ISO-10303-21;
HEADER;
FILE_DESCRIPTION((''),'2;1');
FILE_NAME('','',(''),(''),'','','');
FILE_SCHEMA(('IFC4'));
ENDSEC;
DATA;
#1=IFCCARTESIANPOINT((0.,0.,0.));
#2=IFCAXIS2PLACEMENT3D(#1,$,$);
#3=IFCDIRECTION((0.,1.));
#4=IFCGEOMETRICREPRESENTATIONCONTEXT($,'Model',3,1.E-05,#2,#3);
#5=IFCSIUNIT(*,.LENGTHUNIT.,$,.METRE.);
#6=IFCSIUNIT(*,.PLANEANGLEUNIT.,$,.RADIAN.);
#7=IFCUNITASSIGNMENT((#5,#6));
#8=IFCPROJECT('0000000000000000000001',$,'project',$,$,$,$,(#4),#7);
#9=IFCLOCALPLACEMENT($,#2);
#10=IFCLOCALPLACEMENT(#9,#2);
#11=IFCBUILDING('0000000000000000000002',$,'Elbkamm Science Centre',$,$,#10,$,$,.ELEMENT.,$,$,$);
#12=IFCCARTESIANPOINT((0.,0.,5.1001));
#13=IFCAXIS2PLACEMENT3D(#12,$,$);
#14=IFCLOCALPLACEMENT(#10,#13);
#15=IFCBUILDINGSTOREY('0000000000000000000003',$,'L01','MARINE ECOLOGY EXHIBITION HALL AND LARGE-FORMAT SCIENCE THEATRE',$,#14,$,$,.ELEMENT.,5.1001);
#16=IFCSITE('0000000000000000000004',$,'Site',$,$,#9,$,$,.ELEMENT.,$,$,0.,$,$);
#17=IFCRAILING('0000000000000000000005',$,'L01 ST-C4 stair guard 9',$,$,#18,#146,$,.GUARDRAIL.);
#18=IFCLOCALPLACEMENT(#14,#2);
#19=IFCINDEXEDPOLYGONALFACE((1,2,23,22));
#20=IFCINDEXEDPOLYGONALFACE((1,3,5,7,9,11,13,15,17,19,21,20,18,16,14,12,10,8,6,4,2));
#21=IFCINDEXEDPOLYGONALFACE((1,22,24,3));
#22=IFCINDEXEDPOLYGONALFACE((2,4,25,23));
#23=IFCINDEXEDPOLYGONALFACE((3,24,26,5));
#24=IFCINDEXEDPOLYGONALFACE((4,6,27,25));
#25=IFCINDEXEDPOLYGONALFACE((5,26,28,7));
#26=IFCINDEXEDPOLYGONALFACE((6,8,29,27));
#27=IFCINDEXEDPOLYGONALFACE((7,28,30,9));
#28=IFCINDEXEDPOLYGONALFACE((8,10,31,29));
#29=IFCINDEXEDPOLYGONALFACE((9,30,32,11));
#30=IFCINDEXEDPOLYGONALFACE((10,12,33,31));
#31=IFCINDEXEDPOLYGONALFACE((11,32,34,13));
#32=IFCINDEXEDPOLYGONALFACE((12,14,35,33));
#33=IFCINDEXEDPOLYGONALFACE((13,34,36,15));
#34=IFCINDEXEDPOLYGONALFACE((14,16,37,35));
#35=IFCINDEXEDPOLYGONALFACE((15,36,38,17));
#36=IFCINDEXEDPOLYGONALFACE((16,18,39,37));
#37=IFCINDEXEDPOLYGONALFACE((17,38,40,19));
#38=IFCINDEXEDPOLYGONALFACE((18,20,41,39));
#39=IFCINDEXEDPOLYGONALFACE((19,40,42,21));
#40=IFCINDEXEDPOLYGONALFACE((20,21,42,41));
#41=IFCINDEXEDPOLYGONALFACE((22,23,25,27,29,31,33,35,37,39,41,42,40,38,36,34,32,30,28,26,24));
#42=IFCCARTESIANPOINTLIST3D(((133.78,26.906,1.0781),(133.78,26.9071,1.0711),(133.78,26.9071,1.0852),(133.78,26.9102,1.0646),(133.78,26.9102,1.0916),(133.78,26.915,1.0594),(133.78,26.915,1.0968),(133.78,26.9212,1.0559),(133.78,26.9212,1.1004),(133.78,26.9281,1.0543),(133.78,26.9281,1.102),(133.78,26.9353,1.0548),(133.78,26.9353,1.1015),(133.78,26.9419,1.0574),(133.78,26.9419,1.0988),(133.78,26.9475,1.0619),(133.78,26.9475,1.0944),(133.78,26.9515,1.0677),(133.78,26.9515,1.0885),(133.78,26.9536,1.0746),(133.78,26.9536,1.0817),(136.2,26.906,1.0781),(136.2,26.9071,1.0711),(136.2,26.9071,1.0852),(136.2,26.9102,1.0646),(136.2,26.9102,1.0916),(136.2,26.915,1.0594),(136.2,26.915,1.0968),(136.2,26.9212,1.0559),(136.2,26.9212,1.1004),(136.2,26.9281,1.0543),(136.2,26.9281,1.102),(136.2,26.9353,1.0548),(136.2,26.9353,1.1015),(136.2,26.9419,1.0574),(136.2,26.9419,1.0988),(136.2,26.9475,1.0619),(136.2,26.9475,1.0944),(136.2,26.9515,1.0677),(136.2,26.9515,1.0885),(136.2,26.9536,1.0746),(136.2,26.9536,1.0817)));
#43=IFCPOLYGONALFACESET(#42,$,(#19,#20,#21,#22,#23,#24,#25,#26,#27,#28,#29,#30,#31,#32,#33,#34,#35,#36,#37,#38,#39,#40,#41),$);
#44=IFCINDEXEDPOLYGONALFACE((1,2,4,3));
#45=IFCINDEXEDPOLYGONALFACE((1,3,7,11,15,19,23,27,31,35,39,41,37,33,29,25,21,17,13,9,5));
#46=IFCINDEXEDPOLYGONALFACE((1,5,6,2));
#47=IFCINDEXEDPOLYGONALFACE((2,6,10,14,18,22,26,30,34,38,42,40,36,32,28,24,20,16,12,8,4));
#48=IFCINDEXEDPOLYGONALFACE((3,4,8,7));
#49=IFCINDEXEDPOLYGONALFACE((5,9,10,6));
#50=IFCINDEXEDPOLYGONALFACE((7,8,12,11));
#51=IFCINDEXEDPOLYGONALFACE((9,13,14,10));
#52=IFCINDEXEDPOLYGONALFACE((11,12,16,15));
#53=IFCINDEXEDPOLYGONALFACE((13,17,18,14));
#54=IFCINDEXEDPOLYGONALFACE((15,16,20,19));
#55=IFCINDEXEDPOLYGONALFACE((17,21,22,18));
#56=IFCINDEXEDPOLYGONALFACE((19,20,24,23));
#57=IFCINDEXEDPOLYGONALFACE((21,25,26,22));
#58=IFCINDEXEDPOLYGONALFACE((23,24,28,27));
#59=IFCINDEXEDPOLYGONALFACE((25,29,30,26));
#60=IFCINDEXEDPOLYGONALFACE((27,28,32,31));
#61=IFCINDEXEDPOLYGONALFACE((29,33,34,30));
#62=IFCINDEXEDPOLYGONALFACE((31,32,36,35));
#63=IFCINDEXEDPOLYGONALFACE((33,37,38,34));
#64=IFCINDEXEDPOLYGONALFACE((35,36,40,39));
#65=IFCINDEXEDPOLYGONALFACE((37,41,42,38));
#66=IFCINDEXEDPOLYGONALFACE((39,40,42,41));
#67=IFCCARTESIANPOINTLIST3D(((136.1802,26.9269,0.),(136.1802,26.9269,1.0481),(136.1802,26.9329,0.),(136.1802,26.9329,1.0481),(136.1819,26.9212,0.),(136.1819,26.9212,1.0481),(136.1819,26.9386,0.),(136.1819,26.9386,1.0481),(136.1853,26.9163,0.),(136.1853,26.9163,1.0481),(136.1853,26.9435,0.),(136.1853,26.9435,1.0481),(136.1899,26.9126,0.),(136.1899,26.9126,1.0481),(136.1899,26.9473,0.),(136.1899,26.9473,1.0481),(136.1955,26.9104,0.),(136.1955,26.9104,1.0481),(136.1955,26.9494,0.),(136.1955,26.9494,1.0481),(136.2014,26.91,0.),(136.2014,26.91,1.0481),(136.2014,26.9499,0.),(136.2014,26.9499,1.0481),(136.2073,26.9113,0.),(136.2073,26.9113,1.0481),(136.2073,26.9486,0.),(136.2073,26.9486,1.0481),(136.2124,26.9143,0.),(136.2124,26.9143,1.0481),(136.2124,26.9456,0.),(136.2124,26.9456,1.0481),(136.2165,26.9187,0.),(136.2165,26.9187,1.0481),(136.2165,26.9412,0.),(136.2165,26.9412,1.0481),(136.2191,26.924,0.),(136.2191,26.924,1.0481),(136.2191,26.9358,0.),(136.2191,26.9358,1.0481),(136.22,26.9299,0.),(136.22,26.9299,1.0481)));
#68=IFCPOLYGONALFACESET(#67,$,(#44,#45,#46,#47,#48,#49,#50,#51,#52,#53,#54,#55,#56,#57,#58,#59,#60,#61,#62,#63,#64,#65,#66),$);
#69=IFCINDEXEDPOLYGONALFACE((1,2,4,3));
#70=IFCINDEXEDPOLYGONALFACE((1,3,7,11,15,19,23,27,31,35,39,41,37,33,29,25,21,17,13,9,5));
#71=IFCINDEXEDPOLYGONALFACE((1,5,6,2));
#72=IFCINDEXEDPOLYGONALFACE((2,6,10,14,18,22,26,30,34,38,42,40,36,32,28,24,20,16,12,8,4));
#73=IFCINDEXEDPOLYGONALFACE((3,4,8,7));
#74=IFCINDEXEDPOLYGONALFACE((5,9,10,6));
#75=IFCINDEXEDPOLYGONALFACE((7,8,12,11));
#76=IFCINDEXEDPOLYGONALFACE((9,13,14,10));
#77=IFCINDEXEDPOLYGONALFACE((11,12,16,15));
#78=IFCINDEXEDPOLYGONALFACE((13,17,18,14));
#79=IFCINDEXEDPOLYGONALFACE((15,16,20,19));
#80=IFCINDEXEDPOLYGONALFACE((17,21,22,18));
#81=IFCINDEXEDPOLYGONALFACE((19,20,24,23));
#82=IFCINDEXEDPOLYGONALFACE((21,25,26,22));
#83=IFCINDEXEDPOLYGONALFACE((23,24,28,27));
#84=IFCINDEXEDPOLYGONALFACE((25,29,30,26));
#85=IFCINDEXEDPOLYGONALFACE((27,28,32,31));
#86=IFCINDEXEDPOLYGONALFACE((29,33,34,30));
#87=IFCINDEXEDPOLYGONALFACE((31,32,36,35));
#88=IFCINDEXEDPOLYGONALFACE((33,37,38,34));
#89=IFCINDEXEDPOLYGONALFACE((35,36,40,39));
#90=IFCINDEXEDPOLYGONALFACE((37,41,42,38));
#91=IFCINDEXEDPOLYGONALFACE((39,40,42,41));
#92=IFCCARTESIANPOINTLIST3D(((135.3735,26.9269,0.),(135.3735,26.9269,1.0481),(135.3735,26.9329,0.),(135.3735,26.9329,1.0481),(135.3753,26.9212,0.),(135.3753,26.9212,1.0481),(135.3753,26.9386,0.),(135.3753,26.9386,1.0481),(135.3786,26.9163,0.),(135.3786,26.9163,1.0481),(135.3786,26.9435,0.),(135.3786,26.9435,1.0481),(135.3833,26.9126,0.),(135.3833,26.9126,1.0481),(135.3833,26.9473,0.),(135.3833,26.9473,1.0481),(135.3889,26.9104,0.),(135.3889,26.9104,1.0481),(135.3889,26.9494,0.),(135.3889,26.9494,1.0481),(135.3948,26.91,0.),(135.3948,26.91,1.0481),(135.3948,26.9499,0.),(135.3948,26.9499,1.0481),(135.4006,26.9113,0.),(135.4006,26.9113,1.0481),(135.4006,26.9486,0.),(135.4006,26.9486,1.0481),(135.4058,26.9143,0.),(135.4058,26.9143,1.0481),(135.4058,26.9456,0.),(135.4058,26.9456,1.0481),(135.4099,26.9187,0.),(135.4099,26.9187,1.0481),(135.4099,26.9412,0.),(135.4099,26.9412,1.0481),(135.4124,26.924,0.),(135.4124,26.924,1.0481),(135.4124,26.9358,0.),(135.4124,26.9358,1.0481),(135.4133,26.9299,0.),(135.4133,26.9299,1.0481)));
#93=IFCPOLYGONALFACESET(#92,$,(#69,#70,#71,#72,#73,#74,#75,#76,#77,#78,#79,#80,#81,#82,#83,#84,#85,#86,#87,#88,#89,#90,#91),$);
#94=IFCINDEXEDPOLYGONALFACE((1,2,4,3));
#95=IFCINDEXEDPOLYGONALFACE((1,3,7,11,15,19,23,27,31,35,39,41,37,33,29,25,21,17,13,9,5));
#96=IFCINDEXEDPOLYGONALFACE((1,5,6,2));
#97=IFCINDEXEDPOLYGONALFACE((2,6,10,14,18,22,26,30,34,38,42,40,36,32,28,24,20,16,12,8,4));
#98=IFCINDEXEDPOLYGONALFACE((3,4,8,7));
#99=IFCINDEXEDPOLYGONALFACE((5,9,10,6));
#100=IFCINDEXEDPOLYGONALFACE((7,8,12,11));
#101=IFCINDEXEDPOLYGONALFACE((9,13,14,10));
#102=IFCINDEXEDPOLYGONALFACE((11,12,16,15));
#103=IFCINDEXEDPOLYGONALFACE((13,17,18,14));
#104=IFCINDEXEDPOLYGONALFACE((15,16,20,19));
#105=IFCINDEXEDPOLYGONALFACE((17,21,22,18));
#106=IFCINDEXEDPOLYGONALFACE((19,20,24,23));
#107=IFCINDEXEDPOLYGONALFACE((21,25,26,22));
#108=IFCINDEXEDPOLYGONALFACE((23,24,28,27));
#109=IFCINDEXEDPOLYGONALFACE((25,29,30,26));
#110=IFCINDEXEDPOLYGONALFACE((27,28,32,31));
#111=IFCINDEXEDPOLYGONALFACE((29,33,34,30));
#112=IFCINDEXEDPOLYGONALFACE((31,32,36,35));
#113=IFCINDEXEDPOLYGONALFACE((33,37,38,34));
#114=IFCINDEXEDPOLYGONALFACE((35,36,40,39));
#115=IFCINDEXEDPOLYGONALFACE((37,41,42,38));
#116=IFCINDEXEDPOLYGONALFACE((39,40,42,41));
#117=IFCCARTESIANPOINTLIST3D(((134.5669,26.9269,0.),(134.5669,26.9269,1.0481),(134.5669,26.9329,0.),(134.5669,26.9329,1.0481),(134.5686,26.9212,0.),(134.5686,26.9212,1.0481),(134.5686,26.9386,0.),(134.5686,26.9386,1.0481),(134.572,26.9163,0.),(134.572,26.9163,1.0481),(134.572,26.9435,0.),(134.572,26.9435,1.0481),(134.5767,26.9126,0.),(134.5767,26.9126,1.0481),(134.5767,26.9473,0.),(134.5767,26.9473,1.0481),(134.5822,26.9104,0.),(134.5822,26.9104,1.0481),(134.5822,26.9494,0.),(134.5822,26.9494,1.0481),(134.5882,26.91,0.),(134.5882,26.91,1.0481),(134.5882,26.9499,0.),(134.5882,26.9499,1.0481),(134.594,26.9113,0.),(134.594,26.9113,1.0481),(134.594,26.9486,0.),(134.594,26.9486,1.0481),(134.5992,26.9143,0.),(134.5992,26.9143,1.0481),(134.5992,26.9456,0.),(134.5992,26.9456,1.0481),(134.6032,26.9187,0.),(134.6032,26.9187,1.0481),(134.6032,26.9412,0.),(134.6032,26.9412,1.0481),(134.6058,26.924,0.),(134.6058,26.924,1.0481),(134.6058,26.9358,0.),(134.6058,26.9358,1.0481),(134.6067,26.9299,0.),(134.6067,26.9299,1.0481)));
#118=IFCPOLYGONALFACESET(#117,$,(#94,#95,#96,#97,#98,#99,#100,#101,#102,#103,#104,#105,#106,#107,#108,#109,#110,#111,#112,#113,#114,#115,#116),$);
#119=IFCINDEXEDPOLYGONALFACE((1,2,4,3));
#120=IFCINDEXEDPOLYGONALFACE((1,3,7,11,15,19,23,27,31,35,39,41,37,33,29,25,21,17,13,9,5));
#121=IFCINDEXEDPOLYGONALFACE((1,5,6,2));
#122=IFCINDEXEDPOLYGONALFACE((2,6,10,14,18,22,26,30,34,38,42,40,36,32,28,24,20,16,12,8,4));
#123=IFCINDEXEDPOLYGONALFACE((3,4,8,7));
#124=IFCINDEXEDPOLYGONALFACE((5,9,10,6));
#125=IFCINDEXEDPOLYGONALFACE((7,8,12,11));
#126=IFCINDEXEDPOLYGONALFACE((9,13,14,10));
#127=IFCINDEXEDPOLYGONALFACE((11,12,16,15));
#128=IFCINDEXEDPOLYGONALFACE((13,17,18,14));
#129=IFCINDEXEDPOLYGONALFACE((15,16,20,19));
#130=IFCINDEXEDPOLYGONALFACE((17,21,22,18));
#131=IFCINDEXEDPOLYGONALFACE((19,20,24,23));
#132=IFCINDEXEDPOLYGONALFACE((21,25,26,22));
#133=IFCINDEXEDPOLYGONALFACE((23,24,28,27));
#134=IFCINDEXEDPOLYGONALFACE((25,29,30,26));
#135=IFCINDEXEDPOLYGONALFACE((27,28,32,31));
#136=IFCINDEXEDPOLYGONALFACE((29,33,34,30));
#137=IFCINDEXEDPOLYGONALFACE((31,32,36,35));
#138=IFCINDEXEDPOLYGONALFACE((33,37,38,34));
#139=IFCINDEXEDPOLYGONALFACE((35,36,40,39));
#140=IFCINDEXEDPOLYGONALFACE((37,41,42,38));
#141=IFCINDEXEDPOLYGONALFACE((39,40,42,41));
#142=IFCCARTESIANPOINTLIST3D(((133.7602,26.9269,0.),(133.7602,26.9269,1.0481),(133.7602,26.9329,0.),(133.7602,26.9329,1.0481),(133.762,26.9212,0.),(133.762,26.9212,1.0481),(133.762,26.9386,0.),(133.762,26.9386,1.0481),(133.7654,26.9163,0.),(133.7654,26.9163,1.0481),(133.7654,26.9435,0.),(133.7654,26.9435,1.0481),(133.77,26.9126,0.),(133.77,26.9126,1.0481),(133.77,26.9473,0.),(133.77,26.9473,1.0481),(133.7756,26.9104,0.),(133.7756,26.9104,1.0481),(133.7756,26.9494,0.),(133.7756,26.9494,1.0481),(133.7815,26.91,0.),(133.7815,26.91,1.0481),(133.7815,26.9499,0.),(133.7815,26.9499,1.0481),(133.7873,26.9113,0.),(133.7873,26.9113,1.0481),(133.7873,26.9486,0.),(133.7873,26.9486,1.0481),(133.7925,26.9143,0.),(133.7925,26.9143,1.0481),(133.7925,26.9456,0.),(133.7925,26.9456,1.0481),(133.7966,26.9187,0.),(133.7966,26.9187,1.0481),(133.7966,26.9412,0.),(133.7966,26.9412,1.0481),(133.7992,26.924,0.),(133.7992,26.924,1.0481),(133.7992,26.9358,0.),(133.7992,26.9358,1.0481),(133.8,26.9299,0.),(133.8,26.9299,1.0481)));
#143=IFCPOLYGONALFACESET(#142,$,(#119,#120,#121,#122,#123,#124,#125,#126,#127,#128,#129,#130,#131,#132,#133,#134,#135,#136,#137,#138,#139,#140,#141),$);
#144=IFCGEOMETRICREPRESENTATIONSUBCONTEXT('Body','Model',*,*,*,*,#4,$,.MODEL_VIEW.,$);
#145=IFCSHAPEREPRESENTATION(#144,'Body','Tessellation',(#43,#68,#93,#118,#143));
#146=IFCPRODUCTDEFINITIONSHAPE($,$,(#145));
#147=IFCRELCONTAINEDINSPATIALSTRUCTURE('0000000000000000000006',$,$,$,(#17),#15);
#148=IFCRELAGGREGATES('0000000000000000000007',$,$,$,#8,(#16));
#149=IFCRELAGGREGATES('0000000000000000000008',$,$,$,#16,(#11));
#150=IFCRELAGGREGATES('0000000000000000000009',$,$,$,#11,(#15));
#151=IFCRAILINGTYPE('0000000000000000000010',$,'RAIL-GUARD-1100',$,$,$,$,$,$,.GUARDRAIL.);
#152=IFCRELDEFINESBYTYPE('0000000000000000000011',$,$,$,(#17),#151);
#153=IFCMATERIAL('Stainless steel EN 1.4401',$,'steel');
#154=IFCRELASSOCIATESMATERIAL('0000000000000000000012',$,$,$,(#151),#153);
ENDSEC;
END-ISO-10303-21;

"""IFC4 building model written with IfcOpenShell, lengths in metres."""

from ifc_helpers import new_model, si_unit, direction, frame, origin, origin_2d, place, context, subcontext, project, spatial, circle, extrude, material, type_object, element, save


model = new_model("IFC4")

# Units and contexts
model_context = context("Model", 3, precision=1e-05, world=origin(), true_north=direction((0.0, 1.0)))
body_context = subcontext(model_context, "Body", "Model", "MODEL_VIEW")
ifc_project = project(units=[si_unit("LENGTHUNIT", "METRE"), si_unit("PLANEANGLEUNIT", "RADIAN")], contexts=[model_context])

# Site, building, storey
site_placement = place(None, origin())
site = spatial("IfcSite", under=ifc_project, at=site_placement, Name="Site", CompositionType="ELEMENT", RefElevation=0.0)
building_placement = place(site_placement, origin())
building = spatial("IfcBuilding", under=site, at=building_placement, Name="Elbkamm Science Centre", CompositionType="ELEMENT")
storey_placement = place(building_placement, frame((0.0, 0.0, 5.1001)))
storey = spatial("IfcBuildingStorey", under=building, at=storey_placement, Name="L01", Description="MARINE ECOLOGY EXHIBITION HALL AND LARGE-FORMAT SCIENCE THEATRE", CompositionType="ELEMENT", Elevation=5.1001)

# Railing
ifc_material_1 = material(Name="Stainless steel EN 1.4401", Category="steel")
railing_type_1 = type_object("IfcRailingType", Name="RAIL-GUARD-1100", PredefinedType="GUARDRAIL", material=ifc_material_1)
for number, where, name in (
    (1, (136.2, 26.9299, 0.0), "L01 ST-C4 stair guard 9"),
):
    element("IfcRailing", number, at=place(storey_placement, frame(where)), inside=storey, type_object=railing_type_1, Name=name, PredefinedType="GUARDRAIL", context=body_context, shape_type="SweptSolid", body=[
        extrude(circle(Radius=0.0239, at=origin_2d()), frame((0.0, 0.0, 1.0781), z_axis=(-1.0, 0.0, 0.0), x_axis=(0.0, -1.0, 0.0)), (0.0, 0.0, 1.0), 2.4199),
        extrude(circle(Radius=0.02, at=origin_2d()), origin(), (0.0, 0.0, 1.0), 1.0481),
        extrude(circle(Radius=0.02, at=origin_2d()), frame((-0.8066, 0.0, 0.0)), (0.0, 0.0, 1.0), 1.0481),
        extrude(circle(Radius=0.02, at=origin_2d()), frame((-1.6133, 0.0, 0.0)), (0.0, 0.0, 1.0), 1.0481),
        extrude(circle(Radius=0.02, at=origin_2d()), frame((-2.4199, 0.0, 0.0)), (0.0, 0.0, 1.0), 1.0481),
    ])

save(model, "model.ifc")
